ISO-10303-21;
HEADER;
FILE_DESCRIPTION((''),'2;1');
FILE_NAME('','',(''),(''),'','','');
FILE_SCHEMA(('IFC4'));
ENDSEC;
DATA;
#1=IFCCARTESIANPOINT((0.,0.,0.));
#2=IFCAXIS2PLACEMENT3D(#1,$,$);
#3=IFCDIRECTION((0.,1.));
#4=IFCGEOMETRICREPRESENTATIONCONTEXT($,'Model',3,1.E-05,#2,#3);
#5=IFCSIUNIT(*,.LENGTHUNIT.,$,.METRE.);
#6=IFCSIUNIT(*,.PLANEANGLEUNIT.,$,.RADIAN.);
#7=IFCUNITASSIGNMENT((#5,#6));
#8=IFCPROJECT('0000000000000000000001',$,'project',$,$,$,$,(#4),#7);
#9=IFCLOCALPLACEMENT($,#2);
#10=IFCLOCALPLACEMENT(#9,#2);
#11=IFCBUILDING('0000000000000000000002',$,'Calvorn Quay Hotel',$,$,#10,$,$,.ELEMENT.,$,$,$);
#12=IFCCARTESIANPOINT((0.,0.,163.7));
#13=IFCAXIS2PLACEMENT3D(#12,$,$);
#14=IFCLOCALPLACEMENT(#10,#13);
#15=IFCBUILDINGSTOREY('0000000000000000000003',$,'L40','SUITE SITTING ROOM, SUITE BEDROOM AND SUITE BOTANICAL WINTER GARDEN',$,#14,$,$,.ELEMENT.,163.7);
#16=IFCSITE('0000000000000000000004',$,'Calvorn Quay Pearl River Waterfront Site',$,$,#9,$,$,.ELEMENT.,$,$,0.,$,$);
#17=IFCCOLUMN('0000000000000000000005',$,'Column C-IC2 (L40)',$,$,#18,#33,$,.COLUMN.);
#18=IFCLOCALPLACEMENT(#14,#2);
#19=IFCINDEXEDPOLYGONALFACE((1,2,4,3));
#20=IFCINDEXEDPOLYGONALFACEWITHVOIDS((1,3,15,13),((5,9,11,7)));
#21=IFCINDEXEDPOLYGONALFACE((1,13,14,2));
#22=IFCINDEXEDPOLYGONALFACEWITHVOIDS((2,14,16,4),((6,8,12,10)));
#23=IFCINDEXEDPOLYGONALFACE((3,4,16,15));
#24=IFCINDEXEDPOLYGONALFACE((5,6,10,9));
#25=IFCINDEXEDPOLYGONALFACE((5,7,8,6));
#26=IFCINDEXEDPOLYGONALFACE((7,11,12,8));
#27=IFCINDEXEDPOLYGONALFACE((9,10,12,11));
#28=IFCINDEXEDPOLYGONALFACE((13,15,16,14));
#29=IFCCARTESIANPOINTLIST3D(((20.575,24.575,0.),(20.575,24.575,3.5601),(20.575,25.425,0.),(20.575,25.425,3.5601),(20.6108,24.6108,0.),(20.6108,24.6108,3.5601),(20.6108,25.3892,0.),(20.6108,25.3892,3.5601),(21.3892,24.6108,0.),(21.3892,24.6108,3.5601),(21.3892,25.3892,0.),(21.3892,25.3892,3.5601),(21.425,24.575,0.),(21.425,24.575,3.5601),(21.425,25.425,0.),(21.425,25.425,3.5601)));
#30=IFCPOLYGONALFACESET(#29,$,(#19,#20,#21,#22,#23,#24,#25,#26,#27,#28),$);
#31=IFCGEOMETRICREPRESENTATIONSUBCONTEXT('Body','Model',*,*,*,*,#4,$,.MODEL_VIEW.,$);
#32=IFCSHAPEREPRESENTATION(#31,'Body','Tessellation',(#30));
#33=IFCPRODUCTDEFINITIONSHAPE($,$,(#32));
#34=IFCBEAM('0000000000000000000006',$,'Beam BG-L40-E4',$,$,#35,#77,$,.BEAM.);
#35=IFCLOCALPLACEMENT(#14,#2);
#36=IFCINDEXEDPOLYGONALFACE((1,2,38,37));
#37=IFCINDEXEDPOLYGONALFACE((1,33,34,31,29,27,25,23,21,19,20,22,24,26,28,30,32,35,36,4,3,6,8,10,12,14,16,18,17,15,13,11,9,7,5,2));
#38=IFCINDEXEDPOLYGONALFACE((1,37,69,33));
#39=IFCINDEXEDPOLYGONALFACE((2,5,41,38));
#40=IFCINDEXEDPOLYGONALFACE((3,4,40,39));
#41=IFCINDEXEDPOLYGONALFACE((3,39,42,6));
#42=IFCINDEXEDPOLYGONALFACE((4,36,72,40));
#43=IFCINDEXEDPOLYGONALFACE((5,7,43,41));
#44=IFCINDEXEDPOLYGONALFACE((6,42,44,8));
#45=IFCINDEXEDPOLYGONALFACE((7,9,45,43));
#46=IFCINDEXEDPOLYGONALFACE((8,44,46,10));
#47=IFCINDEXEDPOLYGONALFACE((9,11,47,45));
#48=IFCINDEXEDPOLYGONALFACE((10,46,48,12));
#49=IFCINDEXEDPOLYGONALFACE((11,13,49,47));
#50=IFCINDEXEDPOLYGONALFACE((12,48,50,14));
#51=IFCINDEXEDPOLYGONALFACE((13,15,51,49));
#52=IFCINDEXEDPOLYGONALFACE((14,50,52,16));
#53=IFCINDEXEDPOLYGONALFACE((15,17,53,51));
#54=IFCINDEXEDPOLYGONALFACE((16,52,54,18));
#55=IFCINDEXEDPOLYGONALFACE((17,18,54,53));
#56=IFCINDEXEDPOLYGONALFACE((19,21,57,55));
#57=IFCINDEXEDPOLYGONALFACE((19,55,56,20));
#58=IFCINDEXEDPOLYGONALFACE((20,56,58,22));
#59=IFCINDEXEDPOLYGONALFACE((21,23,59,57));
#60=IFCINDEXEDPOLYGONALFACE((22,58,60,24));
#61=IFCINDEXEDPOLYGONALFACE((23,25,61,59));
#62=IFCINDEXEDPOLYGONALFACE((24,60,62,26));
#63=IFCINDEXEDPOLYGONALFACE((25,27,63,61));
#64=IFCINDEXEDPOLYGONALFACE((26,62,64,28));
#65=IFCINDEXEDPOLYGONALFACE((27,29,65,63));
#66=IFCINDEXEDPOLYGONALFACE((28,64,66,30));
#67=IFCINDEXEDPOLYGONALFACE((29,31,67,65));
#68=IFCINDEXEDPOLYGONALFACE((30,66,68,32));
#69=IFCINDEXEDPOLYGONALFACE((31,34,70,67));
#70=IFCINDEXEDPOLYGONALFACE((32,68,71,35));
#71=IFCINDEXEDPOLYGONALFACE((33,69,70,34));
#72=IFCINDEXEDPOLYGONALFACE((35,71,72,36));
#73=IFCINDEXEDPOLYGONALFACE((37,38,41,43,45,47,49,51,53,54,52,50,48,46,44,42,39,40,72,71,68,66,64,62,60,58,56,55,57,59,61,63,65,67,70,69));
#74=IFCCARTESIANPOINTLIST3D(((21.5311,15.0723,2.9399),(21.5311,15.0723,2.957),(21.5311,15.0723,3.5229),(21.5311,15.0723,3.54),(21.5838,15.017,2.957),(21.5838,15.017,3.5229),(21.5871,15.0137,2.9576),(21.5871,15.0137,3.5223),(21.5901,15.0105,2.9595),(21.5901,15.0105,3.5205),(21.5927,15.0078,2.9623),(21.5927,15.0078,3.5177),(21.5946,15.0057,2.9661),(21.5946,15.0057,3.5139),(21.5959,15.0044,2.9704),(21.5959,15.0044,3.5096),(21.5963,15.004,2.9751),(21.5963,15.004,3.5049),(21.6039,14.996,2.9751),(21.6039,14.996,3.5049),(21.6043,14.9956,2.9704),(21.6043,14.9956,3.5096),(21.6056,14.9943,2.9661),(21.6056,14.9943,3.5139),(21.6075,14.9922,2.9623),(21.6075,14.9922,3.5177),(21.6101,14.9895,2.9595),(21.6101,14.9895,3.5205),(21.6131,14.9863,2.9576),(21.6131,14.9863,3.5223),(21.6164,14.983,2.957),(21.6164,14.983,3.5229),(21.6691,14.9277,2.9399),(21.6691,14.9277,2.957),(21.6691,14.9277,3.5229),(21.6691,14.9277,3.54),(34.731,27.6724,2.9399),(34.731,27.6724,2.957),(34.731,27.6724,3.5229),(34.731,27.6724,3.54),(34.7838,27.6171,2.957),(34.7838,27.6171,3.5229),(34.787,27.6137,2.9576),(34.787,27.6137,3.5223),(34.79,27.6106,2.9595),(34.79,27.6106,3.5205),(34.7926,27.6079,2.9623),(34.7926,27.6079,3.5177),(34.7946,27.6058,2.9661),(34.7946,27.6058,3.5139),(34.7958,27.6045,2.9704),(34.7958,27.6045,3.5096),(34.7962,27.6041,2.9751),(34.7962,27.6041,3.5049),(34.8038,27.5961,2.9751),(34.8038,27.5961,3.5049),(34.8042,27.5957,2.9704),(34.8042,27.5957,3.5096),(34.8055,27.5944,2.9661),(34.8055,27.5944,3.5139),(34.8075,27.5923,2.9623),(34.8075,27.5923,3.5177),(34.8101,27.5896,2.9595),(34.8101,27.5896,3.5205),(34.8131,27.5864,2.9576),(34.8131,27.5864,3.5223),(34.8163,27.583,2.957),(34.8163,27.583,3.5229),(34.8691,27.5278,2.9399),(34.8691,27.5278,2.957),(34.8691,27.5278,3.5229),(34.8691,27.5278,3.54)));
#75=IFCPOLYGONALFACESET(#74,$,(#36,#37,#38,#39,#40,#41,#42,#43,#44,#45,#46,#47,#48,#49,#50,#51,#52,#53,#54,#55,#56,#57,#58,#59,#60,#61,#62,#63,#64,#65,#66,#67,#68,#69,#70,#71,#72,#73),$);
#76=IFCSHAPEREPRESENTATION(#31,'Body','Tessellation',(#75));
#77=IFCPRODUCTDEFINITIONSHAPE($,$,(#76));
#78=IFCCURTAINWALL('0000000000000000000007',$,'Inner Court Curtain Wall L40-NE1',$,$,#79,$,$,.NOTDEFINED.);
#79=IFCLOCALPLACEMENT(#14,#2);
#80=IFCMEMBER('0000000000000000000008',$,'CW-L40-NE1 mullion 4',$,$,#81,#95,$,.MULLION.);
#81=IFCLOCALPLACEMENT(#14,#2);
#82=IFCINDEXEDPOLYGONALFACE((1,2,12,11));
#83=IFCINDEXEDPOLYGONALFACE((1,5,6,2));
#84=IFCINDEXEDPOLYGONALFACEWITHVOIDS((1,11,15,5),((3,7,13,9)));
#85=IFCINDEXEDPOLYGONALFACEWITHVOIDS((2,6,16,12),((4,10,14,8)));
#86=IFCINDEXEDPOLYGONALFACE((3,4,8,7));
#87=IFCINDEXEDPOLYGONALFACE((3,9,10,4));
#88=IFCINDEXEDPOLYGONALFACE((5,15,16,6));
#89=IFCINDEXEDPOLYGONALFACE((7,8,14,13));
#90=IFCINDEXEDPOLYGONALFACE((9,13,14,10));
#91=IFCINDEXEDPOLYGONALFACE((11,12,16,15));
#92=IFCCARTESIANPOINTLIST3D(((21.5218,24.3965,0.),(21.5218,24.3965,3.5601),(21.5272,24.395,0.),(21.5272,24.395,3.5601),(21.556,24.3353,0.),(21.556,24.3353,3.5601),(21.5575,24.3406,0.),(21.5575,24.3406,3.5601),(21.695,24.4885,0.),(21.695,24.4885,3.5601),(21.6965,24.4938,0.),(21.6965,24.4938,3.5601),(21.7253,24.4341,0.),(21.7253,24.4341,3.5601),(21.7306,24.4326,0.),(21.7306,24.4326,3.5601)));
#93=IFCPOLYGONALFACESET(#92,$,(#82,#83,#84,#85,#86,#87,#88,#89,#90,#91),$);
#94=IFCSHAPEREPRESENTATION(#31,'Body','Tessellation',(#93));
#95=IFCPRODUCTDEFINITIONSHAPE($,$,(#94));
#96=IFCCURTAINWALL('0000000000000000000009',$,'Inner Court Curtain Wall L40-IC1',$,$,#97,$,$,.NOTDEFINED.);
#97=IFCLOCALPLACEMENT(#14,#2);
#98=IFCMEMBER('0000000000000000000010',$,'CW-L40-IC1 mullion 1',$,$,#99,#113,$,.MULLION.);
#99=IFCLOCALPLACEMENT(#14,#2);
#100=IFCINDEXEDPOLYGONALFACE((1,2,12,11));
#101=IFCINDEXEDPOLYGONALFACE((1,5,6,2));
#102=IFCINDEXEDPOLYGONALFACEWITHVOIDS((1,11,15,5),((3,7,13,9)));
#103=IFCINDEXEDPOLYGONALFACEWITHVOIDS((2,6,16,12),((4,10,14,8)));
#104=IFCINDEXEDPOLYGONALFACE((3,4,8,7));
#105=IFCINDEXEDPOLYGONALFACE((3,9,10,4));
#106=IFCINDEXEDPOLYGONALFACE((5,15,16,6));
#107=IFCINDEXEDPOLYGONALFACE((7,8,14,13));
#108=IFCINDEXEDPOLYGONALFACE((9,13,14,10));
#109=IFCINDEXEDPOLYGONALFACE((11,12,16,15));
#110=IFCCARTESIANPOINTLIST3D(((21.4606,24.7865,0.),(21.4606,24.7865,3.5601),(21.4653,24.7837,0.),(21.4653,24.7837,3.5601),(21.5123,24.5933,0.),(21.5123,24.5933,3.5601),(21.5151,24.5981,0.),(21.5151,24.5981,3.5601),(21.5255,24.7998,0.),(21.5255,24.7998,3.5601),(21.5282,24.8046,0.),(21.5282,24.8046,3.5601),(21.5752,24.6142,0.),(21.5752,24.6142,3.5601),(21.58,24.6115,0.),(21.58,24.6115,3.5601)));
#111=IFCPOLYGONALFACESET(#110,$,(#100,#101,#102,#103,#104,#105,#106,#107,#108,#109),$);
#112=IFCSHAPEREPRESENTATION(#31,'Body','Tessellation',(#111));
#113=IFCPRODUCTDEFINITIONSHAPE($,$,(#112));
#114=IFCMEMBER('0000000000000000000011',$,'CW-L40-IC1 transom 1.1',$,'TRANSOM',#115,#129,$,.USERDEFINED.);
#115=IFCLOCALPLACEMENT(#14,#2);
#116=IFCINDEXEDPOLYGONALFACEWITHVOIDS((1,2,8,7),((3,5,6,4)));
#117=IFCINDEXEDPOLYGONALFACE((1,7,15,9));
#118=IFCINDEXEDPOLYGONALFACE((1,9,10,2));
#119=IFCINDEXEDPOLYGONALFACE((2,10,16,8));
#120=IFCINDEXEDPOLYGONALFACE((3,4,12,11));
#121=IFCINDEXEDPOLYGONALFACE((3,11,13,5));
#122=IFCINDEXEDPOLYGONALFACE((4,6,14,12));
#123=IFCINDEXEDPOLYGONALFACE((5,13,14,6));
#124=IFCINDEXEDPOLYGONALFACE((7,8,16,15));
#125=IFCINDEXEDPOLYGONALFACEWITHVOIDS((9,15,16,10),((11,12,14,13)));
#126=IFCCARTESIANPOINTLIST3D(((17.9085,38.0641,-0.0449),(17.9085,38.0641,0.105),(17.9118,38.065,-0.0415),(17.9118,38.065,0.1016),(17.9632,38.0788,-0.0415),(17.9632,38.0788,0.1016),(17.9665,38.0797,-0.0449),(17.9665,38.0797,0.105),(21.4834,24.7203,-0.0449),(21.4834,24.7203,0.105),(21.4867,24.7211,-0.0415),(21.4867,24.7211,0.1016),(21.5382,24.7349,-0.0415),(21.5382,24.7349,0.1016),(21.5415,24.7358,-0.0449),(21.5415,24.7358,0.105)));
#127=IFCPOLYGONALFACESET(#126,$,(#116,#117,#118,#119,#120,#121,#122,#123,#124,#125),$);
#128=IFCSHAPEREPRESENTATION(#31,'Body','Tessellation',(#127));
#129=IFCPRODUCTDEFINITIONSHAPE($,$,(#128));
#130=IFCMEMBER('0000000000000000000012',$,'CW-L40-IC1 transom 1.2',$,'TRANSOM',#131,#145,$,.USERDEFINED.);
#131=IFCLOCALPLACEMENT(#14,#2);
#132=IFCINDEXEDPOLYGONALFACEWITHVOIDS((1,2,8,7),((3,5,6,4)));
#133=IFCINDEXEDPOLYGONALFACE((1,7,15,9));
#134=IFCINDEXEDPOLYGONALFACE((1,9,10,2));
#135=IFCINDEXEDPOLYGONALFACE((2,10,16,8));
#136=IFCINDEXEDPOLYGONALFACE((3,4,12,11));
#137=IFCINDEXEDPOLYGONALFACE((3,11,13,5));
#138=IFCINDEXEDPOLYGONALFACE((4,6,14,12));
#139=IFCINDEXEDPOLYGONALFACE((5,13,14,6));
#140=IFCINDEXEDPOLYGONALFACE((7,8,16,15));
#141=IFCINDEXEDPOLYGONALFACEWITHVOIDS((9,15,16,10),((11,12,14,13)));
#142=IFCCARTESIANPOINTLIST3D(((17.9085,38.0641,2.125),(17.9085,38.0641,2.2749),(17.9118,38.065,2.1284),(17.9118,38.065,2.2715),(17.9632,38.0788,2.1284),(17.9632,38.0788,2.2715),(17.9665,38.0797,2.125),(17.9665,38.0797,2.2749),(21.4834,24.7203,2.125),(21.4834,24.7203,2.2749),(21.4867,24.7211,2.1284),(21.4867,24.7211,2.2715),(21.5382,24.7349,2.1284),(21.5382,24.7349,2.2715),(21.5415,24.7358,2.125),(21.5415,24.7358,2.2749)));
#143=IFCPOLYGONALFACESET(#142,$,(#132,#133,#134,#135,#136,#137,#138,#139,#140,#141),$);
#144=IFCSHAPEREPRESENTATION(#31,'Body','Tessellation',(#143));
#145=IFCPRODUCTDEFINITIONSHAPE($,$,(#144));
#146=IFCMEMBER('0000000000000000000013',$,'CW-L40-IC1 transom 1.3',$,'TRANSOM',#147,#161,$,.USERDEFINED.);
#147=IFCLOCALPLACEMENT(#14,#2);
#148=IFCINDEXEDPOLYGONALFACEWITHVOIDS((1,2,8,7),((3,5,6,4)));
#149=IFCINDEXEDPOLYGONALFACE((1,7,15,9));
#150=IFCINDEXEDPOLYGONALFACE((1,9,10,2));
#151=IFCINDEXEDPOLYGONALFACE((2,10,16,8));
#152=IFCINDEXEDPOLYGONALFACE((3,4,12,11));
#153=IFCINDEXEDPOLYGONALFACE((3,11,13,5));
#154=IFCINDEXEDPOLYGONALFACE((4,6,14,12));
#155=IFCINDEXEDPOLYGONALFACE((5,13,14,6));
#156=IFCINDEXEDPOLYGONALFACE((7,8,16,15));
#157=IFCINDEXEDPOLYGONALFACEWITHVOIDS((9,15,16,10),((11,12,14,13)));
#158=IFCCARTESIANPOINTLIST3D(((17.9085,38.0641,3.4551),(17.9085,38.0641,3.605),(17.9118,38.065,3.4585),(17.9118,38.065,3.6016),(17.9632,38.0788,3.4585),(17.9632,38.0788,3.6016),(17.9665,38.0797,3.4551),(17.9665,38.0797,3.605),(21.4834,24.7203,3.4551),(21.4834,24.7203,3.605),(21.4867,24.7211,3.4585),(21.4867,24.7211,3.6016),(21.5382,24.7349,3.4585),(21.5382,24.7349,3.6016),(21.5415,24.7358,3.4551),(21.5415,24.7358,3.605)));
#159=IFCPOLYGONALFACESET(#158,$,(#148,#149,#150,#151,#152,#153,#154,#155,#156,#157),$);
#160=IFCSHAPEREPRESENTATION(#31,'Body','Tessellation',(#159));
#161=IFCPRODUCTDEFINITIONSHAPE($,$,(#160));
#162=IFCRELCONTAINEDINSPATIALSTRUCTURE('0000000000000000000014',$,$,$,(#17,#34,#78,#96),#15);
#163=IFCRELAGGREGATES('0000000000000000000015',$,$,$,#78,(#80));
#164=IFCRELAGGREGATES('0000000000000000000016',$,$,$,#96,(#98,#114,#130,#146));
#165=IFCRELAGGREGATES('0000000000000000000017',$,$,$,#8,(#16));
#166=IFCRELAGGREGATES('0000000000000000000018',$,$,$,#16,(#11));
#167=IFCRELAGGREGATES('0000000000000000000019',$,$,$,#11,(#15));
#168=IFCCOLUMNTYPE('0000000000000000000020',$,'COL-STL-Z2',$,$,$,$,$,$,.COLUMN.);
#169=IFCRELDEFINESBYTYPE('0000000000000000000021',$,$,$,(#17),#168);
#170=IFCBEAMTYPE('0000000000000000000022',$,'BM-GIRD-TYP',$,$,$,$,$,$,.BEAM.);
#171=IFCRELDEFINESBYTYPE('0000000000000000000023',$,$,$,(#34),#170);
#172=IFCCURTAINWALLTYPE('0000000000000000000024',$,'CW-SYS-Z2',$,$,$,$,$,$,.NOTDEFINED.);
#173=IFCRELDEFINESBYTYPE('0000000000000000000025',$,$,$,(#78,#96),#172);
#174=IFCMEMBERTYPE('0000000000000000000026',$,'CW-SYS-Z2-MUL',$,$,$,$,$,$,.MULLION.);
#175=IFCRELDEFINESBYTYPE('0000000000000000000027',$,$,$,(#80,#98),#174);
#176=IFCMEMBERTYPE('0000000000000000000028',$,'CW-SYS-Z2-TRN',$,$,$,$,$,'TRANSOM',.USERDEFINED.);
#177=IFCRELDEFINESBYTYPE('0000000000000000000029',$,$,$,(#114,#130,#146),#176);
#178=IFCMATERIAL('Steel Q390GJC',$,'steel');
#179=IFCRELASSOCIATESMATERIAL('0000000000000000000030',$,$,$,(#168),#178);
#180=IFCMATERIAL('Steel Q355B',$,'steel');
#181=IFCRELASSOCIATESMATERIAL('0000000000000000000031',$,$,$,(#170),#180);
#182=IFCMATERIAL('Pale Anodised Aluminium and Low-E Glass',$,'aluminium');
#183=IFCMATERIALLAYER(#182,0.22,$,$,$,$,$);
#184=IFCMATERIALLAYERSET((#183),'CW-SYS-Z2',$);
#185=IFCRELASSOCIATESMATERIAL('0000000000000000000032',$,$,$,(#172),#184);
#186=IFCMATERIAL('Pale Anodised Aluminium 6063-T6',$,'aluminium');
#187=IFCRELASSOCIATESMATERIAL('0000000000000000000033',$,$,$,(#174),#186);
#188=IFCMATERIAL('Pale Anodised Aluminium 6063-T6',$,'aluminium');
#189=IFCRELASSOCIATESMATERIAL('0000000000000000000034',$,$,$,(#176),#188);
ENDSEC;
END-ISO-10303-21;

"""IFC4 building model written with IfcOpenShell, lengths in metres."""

from ifc_helpers import new_model, si_unit, direction, frame, origin, origin_2d, place, context, subcontext, project, spatial, hollow_rectangle, i_section, extrude, material, layer, layer_set, material_profile, profile_set, type_object, element, aggregate, save


model = new_model("IFC4")

# Units and contexts
model_context = context("Model", 3, precision=1e-05, world=origin(), true_north=direction((0.0, 1.0)))
body_context = subcontext(model_context, "Body", "Model", "MODEL_VIEW")
ifc_project = project(units=[si_unit("LENGTHUNIT", "METRE"), si_unit("PLANEANGLEUNIT", "RADIAN")], contexts=[model_context])

# Site, building, storey
site_placement = place(None, origin())
site = spatial("IfcSite", under=ifc_project, at=site_placement, Name="Calvorn Quay Pearl River Waterfront Site", CompositionType="ELEMENT", RefElevation=0.0)
building_placement = place(site_placement, origin())
building = spatial("IfcBuilding", under=site, at=building_placement, Name="Calvorn Quay Hotel", CompositionType="ELEMENT")
storey_placement = place(building_placement, frame((0.0, 0.0, 163.7)))
storey = spatial("IfcBuildingStorey", under=building, at=storey_placement, Name="L40", Description="SUITE SITTING ROOM, SUITE BEDROOM AND SUITE BOTANICAL WINTER GARDEN", CompositionType="ELEMENT", Elevation=163.7)

# Column
ifc_material_1 = material(Name="Steel Q390GJC", Category="steel")
ifc_material_profile_1 = material_profile(ifc_material_1, hollow_rectangle(XDim=0.8501, YDim=0.8501, WallThickness=0.0359, at=origin_2d()), Name="BOX850x850x36")
ifc_profile_set_1 = profile_set([ifc_material_profile_1], Name="Steel Q390GJC")
column_type = type_object("IfcColumnType", Name="COL-STL-Z2", PredefinedType="COLUMN", material=ifc_profile_set_1)
column_placement = place(storey_placement, frame((21.0, 25.0, 0.0), z_axis=(0.0, 0.0, 1.0), x_axis=(1.0, 0.0, 0.0)))
element("IfcColumn", 1, at=column_placement, inside=storey, type_object=column_type, Name="Column C-IC2 (L40)", PredefinedType="COLUMN", context=body_context, shape_type="SweptSolid", body=[
    extrude(hollow_rectangle(XDim=0.8501, YDim=0.8501, WallThickness=0.0359, at=origin_2d()), origin(), (0.0, 0.0, 1.0), 3.5601),
])

# Beam
ifc_material_2 = material(Name="Steel Q355B", Category="steel")
ifc_material_profile_2 = material_profile(ifc_material_2, i_section(OverallWidth=0.2, OverallDepth=0.6001, WebThickness=0.011, FlangeThickness=0.0171, FilletRadius=0.0181, at=origin_2d()), Name="HN600x200x11x17")
ifc_profile_set_2 = profile_set([ifc_material_profile_2], Name="Steel Q355B")
beam_type = type_object("IfcBeamType", Name="BM-GIRD-TYP", PredefinedType="BEAM", material=ifc_profile_set_2)
beam_placement = place(storey_placement, frame((21.6001, 15.0, 3.24), z_axis=(0.723352, 0.69048, 0.0), x_axis=(-0.69048, 0.723352, 0.0)))
element("IfcBeam", 2, at=beam_placement, inside=storey, type_object=beam_type, Name="Beam BG-L40-E4", PredefinedType="BEAM", context=body_context, shape_type="SweptSolid", body=[
    extrude(i_section(OverallWidth=0.2, OverallDepth=0.6001, WebThickness=0.011, FlangeThickness=0.0171, FilletRadius=0.0181, at=origin_2d()), origin(), (0.0, 0.0, 1.0), 18.2483),
])

# Curtain wall, member
ifc_material_3 = material(Name="Pale Anodised Aluminium and Low-E Glass", Category="aluminium")
ifc_layer_1 = layer(ifc_material_3, 0.22)
ifc_layer_set_1 = layer_set([ifc_layer_1], Name="CW-SYS-Z2")
curtain_wall_type = type_object("IfcCurtainWallType", Name="CW-SYS-Z2", PredefinedType="NOTDEFINED", material=ifc_layer_set_1)
curtain_wall_1_placement = place(storey_placement, origin())
curtain_wall_1 = element("IfcCurtainWall", 3, at=curtain_wall_1_placement, inside=storey, type_object=curtain_wall_type, Name="Inner Court Curtain Wall L40-NE1", PredefinedType="NOTDEFINED")
ifc_material_4 = material(Name="Pale Anodised Aluminium 6063-T6", Category="aluminium")
ifc_material_profile_3 = material_profile(ifc_material_4, hollow_rectangle(XDim=0.0701, YDim=0.2, WallThickness=0.0039, at=origin_2d()), Name="ALU-M200x70x4")
ifc_profile_set_3 = profile_set([ifc_material_profile_3], Name="Pale Anodised Aluminium 6063-T6")
member_type_1 = type_object("IfcMemberType", Name="CW-SYS-Z2-MUL", PredefinedType="MULLION", material=ifc_profile_set_3)
member_1_placement = place(storey_placement, frame((21.6262, 24.4146, 0.0), z_axis=(0.0, 0.0, 1.0), x_axis=(0.486858, -0.873481, 0.0)))
member_1 = element("IfcMember", 4, at=member_1_placement, type_object=member_type_1, Name="CW-L40-NE1 mullion 4", PredefinedType="MULLION", context=body_context, shape_type="SweptSolid", body=[
    extrude(hollow_rectangle(XDim=0.0701, YDim=0.2, WallThickness=0.0039, at=origin_2d()), origin(), (0.0, 0.0, 1.0), 3.5601),
])
aggregate(curtain_wall_1, [member_1])

# Curtain wall, members
curtain_wall_2_placement = place(storey_placement, origin())
curtain_wall_2 = element("IfcCurtainWall", 5, at=curtain_wall_2_placement, inside=storey, type_object=curtain_wall_type, Name="Inner Court Curtain Wall L40-IC1", PredefinedType="NOTDEFINED")
member_2_placement = place(storey_placement, frame((21.5203, 24.699, 0.0), z_axis=(0.0, 0.0, 1.0), x_axis=(-0.965937, -0.258779, 0.0)))
member_2 = element("IfcMember", 6, at=member_2_placement, type_object=member_type_1, Name="CW-L40-IC1 mullion 1", PredefinedType="MULLION", context=body_context, shape_type="SweptSolid", body=[
    extrude(hollow_rectangle(XDim=0.0701, YDim=0.2, WallThickness=0.0039, at=origin_2d()), origin(), (0.0, 0.0, 1.0), 3.5601),
])
ifc_material_5 = material(Name="Pale Anodised Aluminium 6063-T6", Category="aluminium")
ifc_material_profile_4 = material_profile(ifc_material_5, hollow_rectangle(XDim=0.0601, YDim=0.1499, WallThickness=0.0034, at=origin_2d()), Name="ALU-T150x60x3.5")
ifc_profile_set_4 = profile_set([ifc_material_profile_4], Name="Pale Anodised Aluminium 6063-T6")
member_type_2 = type_object("IfcMemberType", Name="CW-SYS-Z2-TRN", ElementType="TRANSOM", PredefinedType="USERDEFINED", material=ifc_profile_set_4)
member_3_placement = place(storey_placement, frame((21.5125, 24.728, 0.03), z_axis=(-0.258781, 0.965936, 0.0), x_axis=(-0.965936, -0.258781, 0.0)))
member_3 = element("IfcMember", 7, at=member_3_placement, type_object=member_type_2, Name="CW-L40-IC1 transom 1.1", ObjectType="TRANSOM", PredefinedType="USERDEFINED", context=body_context, shape_type="SweptSolid", body=[
    extrude(hollow_rectangle(XDim=0.0601, YDim=0.1499, WallThickness=0.0034, at=origin_2d()), origin(), (0.0, 0.0, 1.0), 13.8145),
])
member_4_placement = place(storey_placement, frame((21.5125, 24.728, 2.2), z_axis=(-0.258781, 0.965936, 0.0), x_axis=(-0.965936, -0.258781, 0.0)))
member_4 = element("IfcMember", 8, at=member_4_placement, type_object=member_type_2, Name="CW-L40-IC1 transom 1.2", ObjectType="TRANSOM", PredefinedType="USERDEFINED", context=body_context, shape_type="SweptSolid", body=[
    extrude(hollow_rectangle(XDim=0.0601, YDim=0.1499, WallThickness=0.0034, at=origin_2d()), origin(), (0.0, 0.0, 1.0), 13.8145),
])
member_5_placement = place(storey_placement, frame((21.5125, 24.728, 3.53), z_axis=(-0.258781, 0.965936, 0.0), x_axis=(-0.965936, -0.258781, 0.0)))
member_5 = element("IfcMember", 9, at=member_5_placement, type_object=member_type_2, Name="CW-L40-IC1 transom 1.3", ObjectType="TRANSOM", PredefinedType="USERDEFINED", context=body_context, shape_type="SweptSolid", body=[
    extrude(hollow_rectangle(XDim=0.0601, YDim=0.1499, WallThickness=0.0034, at=origin_2d()), origin(), (0.0, 0.0, 1.0), 13.8145),
])
aggregate(curtain_wall_2, [member_2, member_3, member_4, member_5])

save(model, "model.ifc")
